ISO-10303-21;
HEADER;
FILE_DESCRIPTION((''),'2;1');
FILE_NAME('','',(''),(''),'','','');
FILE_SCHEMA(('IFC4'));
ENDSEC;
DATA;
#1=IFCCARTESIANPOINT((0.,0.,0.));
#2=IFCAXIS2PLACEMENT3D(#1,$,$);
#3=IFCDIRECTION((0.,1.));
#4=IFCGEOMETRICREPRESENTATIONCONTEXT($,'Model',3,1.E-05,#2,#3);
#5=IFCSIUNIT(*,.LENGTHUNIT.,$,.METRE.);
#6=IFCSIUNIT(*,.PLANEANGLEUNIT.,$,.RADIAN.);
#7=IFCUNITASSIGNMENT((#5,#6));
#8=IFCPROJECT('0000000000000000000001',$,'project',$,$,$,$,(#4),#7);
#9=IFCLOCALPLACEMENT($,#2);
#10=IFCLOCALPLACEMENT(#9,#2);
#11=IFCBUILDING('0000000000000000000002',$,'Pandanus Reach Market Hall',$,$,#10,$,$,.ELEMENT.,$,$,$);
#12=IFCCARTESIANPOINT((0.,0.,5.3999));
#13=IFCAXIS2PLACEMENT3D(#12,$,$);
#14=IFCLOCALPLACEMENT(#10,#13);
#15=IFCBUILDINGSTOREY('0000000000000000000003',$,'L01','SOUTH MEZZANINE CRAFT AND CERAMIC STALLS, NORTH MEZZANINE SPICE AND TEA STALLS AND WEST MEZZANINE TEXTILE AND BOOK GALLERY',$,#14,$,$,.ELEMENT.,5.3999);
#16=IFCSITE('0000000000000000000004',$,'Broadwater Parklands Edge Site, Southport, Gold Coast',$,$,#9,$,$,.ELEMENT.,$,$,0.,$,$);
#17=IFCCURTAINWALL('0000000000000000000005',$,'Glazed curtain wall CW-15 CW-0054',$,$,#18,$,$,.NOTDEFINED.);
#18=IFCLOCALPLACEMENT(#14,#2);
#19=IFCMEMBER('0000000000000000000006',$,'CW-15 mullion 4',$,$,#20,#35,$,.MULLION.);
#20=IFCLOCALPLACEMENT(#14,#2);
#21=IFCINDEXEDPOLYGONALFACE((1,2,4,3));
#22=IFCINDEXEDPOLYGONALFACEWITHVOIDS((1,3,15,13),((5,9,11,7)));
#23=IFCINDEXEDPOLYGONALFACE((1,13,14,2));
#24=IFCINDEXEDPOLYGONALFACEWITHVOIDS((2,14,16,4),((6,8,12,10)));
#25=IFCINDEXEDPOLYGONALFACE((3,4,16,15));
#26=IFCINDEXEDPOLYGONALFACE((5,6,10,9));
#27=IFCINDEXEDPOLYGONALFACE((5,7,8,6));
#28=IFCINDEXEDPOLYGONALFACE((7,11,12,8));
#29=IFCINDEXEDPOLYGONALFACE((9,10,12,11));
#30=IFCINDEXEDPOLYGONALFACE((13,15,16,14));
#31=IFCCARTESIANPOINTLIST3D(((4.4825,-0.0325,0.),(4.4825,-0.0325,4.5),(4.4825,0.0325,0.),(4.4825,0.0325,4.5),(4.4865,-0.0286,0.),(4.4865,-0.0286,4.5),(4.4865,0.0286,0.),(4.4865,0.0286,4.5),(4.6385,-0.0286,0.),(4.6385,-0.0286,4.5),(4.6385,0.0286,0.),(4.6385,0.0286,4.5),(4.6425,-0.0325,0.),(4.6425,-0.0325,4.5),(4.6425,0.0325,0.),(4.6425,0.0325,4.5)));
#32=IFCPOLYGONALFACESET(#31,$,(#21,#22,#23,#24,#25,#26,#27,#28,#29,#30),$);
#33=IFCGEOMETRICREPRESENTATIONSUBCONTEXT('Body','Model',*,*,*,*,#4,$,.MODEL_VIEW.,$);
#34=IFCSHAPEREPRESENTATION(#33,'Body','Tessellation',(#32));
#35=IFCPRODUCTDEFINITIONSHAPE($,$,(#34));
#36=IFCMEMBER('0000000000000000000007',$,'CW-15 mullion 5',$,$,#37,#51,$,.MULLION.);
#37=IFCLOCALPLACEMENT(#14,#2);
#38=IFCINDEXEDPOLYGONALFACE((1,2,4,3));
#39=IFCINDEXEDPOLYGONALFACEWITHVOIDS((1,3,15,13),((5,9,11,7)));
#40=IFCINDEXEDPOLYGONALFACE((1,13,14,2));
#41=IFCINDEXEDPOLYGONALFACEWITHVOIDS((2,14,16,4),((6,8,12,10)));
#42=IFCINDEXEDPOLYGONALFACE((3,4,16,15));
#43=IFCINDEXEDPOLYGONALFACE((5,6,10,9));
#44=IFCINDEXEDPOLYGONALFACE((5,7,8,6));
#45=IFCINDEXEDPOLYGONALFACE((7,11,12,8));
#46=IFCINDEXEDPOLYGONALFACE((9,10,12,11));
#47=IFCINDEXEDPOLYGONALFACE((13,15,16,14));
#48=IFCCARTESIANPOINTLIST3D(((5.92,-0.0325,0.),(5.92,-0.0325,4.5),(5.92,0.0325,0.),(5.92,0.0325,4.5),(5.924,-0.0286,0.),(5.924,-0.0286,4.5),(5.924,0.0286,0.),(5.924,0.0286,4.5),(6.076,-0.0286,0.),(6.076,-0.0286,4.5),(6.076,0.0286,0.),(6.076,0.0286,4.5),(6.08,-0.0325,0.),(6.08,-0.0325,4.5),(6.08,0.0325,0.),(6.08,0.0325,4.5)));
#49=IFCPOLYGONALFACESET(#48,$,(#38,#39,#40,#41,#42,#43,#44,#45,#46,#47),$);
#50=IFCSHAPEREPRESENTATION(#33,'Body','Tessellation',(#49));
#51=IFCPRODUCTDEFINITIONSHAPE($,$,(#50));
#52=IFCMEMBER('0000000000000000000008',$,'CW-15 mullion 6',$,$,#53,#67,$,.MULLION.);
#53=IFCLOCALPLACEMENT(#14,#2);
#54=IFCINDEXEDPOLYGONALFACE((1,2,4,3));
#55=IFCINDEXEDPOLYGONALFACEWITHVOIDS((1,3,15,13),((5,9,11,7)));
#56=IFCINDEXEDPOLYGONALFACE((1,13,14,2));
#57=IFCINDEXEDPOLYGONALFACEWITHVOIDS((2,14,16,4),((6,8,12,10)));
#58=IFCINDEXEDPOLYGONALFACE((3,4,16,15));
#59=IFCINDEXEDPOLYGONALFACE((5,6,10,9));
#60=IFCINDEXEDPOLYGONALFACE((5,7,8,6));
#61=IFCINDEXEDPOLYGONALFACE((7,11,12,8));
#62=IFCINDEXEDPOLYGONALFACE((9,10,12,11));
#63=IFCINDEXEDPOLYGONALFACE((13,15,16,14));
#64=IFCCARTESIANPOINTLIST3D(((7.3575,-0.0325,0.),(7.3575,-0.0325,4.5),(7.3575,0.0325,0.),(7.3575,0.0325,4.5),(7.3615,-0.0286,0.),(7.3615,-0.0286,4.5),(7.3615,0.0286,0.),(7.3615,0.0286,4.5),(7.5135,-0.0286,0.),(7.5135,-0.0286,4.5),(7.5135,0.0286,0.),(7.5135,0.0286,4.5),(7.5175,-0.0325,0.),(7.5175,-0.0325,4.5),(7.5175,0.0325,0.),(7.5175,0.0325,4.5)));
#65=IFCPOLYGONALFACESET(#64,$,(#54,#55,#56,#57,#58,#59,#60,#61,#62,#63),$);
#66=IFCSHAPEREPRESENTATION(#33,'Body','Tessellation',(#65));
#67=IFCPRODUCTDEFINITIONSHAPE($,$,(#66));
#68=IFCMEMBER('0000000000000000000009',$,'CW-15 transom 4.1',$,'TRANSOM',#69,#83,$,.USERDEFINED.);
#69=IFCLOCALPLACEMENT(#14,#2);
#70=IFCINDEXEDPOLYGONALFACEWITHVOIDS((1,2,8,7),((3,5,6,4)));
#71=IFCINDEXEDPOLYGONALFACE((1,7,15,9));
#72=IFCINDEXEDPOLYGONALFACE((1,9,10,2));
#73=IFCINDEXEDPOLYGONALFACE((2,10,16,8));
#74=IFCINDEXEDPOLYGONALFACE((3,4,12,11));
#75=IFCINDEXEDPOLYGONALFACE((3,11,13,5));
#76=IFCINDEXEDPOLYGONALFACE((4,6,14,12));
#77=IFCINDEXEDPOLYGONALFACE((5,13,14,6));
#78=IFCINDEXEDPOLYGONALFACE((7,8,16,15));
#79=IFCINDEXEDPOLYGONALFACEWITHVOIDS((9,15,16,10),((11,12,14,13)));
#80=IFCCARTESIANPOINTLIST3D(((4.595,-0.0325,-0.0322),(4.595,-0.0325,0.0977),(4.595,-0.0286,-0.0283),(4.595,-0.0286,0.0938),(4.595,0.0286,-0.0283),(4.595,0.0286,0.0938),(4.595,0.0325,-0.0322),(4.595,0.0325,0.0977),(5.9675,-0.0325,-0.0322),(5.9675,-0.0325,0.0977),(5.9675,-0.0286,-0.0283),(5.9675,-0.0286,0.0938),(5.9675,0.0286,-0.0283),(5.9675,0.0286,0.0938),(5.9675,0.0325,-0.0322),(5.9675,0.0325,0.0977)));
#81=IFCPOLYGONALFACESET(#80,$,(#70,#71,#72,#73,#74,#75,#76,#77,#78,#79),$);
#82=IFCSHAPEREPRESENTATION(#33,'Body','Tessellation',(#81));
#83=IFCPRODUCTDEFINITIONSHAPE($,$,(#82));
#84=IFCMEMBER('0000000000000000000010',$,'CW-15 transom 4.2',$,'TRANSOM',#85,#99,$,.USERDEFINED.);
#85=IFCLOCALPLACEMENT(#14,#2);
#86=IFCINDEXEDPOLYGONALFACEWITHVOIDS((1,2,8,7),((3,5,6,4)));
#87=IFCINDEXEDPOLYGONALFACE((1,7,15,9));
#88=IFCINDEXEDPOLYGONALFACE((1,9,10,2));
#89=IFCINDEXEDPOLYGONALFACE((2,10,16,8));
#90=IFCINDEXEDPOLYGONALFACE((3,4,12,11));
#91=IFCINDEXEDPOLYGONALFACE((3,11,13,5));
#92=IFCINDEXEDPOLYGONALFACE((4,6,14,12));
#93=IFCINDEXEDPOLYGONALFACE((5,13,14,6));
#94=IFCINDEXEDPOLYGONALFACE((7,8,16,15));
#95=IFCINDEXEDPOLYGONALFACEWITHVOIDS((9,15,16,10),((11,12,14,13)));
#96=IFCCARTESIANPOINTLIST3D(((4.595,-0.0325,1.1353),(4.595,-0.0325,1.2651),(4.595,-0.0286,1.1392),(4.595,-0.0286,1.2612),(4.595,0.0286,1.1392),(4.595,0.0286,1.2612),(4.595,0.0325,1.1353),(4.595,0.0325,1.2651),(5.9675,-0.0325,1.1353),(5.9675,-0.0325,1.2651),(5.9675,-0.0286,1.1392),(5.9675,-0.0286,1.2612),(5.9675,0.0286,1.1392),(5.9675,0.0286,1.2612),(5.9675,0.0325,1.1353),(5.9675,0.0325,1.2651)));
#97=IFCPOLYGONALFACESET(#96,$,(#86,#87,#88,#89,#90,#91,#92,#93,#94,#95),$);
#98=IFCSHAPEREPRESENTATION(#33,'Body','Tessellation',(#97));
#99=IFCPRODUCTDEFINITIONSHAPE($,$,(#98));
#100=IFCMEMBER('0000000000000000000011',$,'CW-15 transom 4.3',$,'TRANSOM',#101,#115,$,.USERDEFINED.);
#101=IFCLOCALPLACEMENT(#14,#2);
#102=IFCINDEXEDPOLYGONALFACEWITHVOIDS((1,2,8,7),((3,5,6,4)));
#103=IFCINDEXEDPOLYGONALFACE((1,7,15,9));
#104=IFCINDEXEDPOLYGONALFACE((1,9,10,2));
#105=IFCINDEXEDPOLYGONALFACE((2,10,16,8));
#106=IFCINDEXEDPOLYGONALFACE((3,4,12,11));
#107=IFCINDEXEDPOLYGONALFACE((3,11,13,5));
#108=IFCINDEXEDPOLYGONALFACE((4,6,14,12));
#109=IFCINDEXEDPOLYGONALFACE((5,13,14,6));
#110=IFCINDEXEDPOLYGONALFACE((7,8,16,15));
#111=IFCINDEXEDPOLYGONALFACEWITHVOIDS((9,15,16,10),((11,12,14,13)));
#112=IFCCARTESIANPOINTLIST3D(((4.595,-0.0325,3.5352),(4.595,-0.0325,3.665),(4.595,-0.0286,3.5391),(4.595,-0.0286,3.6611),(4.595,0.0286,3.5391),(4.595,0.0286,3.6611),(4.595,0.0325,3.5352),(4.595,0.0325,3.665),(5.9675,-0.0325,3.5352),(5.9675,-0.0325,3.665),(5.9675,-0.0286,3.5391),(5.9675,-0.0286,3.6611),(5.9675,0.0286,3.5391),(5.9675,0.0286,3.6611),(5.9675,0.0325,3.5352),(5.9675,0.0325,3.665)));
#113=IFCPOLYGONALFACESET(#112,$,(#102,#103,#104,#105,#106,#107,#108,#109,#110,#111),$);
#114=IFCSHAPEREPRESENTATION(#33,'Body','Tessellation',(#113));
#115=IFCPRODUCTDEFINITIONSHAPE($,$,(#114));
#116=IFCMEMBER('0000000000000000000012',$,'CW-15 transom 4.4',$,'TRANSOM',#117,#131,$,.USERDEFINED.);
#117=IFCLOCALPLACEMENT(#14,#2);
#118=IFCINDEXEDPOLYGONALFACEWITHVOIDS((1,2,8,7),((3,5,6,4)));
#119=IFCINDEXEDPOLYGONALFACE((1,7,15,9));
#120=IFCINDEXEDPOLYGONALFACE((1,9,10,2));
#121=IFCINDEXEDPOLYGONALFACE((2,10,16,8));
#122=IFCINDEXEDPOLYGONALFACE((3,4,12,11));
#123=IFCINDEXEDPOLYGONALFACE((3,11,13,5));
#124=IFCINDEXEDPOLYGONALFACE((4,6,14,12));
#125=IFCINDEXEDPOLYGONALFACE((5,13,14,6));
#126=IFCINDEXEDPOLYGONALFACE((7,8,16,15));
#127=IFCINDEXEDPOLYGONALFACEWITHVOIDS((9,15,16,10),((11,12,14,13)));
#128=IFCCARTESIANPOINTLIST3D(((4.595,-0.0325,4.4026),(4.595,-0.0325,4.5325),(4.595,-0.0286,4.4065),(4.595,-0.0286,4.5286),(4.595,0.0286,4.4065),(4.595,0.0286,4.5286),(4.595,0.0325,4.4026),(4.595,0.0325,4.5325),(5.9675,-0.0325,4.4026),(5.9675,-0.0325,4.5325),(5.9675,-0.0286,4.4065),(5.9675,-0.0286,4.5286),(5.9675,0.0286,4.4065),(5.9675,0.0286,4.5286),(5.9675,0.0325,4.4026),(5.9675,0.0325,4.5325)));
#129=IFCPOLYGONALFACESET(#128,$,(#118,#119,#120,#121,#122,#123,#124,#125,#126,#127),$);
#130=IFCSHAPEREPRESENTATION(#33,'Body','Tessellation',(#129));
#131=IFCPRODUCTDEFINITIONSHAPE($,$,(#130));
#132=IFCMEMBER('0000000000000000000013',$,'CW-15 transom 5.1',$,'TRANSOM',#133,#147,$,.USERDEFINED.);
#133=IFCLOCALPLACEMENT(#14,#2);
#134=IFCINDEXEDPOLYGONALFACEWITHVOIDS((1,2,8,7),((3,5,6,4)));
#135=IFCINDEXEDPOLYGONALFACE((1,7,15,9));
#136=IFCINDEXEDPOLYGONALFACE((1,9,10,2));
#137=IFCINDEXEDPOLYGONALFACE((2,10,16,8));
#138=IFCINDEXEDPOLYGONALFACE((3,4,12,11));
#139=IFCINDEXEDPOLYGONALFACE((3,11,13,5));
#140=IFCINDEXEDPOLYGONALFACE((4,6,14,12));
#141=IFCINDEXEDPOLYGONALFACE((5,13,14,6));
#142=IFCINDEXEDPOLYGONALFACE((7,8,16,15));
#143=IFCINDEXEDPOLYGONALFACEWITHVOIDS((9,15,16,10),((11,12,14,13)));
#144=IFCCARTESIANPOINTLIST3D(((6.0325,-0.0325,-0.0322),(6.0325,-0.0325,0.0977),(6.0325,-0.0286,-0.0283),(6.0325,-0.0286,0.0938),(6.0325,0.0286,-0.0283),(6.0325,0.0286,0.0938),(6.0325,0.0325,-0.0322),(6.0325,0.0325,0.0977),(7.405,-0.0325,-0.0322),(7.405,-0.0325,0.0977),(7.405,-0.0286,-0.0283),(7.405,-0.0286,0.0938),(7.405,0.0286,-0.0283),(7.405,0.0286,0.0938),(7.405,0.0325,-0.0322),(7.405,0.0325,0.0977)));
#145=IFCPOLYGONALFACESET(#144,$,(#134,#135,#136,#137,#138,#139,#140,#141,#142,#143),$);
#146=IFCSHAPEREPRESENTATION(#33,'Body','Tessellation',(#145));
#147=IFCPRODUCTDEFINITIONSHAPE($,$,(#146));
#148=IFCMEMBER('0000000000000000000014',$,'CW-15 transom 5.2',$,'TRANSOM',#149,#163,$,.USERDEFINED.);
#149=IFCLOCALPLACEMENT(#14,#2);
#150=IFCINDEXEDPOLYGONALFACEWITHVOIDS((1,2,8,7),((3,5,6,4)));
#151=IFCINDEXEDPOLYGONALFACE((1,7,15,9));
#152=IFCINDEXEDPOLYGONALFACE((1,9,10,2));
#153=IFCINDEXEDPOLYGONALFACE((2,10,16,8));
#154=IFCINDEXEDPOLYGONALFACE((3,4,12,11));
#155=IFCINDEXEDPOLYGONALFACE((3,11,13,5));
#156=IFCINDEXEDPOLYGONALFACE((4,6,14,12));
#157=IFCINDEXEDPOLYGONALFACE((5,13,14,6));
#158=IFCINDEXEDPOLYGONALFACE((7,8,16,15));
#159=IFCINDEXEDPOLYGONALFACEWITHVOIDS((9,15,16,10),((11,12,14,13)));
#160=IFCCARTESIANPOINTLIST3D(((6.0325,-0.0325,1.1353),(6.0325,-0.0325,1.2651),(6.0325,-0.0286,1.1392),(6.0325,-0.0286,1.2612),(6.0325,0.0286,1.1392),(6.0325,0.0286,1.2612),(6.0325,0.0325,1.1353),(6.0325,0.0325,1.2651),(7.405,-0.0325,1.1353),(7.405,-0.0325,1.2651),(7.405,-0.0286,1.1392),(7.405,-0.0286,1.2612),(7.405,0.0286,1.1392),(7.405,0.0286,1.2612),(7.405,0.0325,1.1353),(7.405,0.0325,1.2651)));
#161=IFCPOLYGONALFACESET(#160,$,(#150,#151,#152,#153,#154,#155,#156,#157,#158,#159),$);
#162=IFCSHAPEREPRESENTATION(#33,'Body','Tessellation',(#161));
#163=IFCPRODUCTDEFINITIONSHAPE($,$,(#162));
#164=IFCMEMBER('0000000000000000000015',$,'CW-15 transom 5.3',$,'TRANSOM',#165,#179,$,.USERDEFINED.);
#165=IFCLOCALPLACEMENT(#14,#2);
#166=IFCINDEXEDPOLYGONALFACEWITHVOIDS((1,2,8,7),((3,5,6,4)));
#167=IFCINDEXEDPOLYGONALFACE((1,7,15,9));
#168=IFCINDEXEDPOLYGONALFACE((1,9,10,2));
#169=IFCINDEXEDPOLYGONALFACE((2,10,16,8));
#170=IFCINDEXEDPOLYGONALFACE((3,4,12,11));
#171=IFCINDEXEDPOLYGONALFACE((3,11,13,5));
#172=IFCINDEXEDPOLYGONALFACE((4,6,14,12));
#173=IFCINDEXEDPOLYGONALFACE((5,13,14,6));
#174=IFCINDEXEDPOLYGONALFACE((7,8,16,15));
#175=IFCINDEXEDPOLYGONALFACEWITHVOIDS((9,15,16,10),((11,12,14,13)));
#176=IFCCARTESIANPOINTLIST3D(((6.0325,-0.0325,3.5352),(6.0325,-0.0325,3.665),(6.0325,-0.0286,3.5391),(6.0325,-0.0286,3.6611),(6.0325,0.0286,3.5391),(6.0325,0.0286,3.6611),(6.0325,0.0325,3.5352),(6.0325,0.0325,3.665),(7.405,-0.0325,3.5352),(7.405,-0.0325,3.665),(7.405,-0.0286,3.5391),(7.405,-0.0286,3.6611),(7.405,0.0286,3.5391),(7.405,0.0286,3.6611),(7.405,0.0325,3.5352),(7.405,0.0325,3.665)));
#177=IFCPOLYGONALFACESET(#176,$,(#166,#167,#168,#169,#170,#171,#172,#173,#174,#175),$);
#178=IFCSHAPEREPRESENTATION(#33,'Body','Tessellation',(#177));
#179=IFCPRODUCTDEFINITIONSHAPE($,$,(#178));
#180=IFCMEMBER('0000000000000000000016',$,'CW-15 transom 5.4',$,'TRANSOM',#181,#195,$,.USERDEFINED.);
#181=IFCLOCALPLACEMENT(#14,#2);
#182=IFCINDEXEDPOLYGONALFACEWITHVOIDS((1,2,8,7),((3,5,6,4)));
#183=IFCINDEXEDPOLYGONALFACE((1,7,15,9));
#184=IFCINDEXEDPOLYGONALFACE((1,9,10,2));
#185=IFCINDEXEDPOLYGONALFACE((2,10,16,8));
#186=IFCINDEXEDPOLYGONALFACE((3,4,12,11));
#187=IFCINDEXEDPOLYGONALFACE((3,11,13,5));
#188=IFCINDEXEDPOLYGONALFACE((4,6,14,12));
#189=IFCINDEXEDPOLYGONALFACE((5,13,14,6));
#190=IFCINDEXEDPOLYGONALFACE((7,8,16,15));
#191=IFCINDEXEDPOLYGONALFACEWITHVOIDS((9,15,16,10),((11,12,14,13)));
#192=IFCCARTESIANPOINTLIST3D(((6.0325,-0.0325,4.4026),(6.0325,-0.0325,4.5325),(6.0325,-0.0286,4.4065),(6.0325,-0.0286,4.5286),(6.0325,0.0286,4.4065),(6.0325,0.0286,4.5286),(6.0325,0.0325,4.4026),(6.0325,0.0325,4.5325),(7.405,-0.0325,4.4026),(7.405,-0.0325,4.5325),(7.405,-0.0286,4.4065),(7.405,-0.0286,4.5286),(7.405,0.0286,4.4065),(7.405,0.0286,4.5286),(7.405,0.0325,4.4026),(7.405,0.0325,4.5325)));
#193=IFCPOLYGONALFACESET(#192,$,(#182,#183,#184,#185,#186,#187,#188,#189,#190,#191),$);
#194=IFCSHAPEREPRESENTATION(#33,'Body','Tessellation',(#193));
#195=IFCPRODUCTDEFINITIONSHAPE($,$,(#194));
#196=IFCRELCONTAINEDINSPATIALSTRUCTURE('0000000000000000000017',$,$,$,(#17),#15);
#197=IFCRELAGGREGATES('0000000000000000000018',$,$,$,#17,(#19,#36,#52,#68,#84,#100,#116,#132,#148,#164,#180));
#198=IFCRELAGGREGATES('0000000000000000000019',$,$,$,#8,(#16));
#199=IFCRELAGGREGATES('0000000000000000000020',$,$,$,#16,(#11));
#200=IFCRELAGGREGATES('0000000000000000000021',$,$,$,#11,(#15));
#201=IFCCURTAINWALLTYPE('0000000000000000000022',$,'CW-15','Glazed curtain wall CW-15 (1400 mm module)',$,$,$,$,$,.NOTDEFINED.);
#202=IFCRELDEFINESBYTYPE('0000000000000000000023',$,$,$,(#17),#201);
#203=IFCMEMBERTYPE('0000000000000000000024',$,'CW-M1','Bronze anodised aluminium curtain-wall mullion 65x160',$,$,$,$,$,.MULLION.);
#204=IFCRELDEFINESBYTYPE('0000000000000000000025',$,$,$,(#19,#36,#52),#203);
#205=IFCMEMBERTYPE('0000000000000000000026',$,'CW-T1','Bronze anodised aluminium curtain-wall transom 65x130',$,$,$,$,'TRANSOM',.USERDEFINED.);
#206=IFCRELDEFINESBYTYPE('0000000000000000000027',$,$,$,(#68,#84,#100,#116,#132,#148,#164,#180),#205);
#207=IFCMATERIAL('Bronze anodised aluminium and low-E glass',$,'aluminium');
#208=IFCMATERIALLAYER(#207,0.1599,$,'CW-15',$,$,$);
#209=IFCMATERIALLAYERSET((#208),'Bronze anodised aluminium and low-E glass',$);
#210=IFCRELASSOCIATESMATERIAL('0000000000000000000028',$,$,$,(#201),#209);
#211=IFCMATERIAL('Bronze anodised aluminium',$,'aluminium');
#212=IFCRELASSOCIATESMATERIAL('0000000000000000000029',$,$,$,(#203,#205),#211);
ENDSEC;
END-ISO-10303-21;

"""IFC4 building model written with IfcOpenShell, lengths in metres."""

from ifc_helpers import new_model, si_unit, direction, frame, origin, origin_2d, place, context, subcontext, project, spatial, hollow_rectangle, extrude, material, layer, layer_set, material_profile, profile_set, type_object, element, aggregate, save


model = new_model("IFC4")

# Units and contexts
model_context = context("Model", 3, precision=1e-05, world=origin(), true_north=direction((0.0, 1.0)))
body_context = subcontext(model_context, "Body", "Model", "MODEL_VIEW")
ifc_project = project(units=[si_unit("LENGTHUNIT", "METRE"), si_unit("PLANEANGLEUNIT", "RADIAN")], contexts=[model_context])

# Site, building, storey
site_placement = place(None, origin())
site = spatial("IfcSite", under=ifc_project, at=site_placement, Name="Broadwater Parklands Edge Site, Southport, Gold Coast", CompositionType="ELEMENT", RefElevation=0.0)
building_placement = place(site_placement, origin())
building = spatial("IfcBuilding", under=site, at=building_placement, Name="Pandanus Reach Market Hall", CompositionType="ELEMENT")
storey_placement = place(building_placement, frame((0.0, 0.0, 5.3999)))
storey = spatial("IfcBuildingStorey", under=building, at=storey_placement, Name="L01", Description="SOUTH MEZZANINE CRAFT AND CERAMIC STALLS, NORTH MEZZANINE SPICE AND TEA STALLS AND WEST MEZZANINE TEXTILE AND BOOK GALLERY", CompositionType="ELEMENT", Elevation=5.3999)

# Curtain wall, members
ifc_material_1 = material(Name="Bronze anodised aluminium and low-E glass", Category="aluminium")
ifc_layer_1 = layer(ifc_material_1, 0.1599, Name="CW-15")
ifc_layer_set_1 = layer_set([ifc_layer_1], Name="Bronze anodised aluminium and low-E glass")
curtain_wall_type = type_object("IfcCurtainWallType", Name="CW-15", Description="Glazed curtain wall CW-15 (1400 mm module)", PredefinedType="NOTDEFINED", material=ifc_layer_set_1)
curtain_wall_placement = place(storey_placement, origin())
curtain_wall = element("IfcCurtainWall", 1, at=curtain_wall_placement, inside=storey, type_object=curtain_wall_type, Name="Glazed curtain wall CW-15 CW-0054", PredefinedType="NOTDEFINED")
ifc_material_2 = material(Name="Bronze anodised aluminium", Category="aluminium")
ifc_material_profile_1 = material_profile(ifc_material_2, hollow_rectangle(XDim=0.0649, YDim=0.1599, WallThickness=0.0039, at=origin_2d()), Name="ALU65x160", Category="LoadBearing")
ifc_profile_set_1 = profile_set([ifc_material_profile_1], Name="Bronze anodised aluminium")
member_type_1 = type_object("IfcMemberType", Name="CW-M1", Description="Bronze anodised aluminium curtain-wall mullion 65x160", PredefinedType="MULLION", material=ifc_profile_set_1)
member_1_placement = place(storey_placement, frame((4.5625, 0.0, 0.0), z_axis=(0.0, 0.0, 1.0), x_axis=(0.0, 1.0, 0.0)))
member_1 = element("IfcMember", 2, at=member_1_placement, type_object=member_type_1, Name="CW-15 mullion 4", PredefinedType="MULLION", context=body_context, shape_type="SweptSolid", body=[
    extrude(hollow_rectangle(XDim=0.0649, YDim=0.1599, WallThickness=0.0039, at=origin_2d()), origin(), (0.0, 0.0, 1.0), 4.5),
])
member_2_placement = place(storey_placement, frame((6.0, 0.0, 0.0), z_axis=(0.0, 0.0, 1.0), x_axis=(0.0, 1.0, 0.0)))
member_2 = element("IfcMember", 3, at=member_2_placement, type_object=member_type_1, Name="CW-15 mullion 5", PredefinedType="MULLION", context=body_context, shape_type="SweptSolid", body=[
    extrude(hollow_rectangle(XDim=0.0649, YDim=0.1599, WallThickness=0.0039, at=origin_2d()), origin(), (0.0, 0.0, 1.0), 4.5),
])
member_3_placement = place(storey_placement, frame((7.4375, 0.0, 0.0), z_axis=(0.0, 0.0, 1.0), x_axis=(0.0, 1.0, 0.0)))
member_3 = element("IfcMember", 4, at=member_3_placement, type_object=member_type_1, Name="CW-15 mullion 6", PredefinedType="MULLION", context=body_context, shape_type="SweptSolid", body=[
    extrude(hollow_rectangle(XDim=0.0649, YDim=0.1599, WallThickness=0.0039, at=origin_2d()), origin(), (0.0, 0.0, 1.0), 4.5),
])
ifc_material_profile_2 = material_profile(ifc_material_2, hollow_rectangle(XDim=0.0649, YDim=0.1299, WallThickness=0.0039, at=origin_2d()), Name="ALU65x130", Category="LoadBearing")
ifc_profile_set_2 = profile_set([ifc_material_profile_2], Name="Bronze anodised aluminium")
member_type_2 = type_object("IfcMemberType", Name="CW-T1", Description="Bronze anodised aluminium curtain-wall transom 65x130", ElementType="TRANSOM", PredefinedType="USERDEFINED", material=ifc_profile_set_2)
member_4_placement = place(storey_placement, frame((4.595, 0.0, 0.0327), z_axis=(1.0, 0.0, 0.0), x_axis=(0.0, 1.0, 0.0)))
member_4 = element("IfcMember", 5, at=member_4_placement, type_object=member_type_2, Name="CW-15 transom 4.1", ObjectType="TRANSOM", PredefinedType="USERDEFINED", context=body_context, shape_type="SweptSolid", body=[
    extrude(hollow_rectangle(XDim=0.0649, YDim=0.1299, WallThickness=0.0039, at=origin_2d()), origin(), (0.0, 0.0, 1.0), 1.3726),
])
member_5_placement = place(storey_placement, frame((4.595, 0.0, 1.2002), z_axis=(1.0, 0.0, 0.0), x_axis=(0.0, 1.0, 0.0)))
member_5 = element("IfcMember", 6, at=member_5_placement, type_object=member_type_2, Name="CW-15 transom 4.2", ObjectType="TRANSOM", PredefinedType="USERDEFINED", context=body_context, shape_type="SweptSolid", body=[
    extrude(hollow_rectangle(XDim=0.0649, YDim=0.1299, WallThickness=0.0039, at=origin_2d()), origin(), (0.0, 0.0, 1.0), 1.3726),
])
member_6_placement = place(storey_placement, frame((4.595, 0.0, 3.6001), z_axis=(1.0, 0.0, 0.0), x_axis=(0.0, 1.0, 0.0)))
member_6 = element("IfcMember", 7, at=member_6_placement, type_object=member_type_2, Name="CW-15 transom 4.3", ObjectType="TRANSOM", PredefinedType="USERDEFINED", context=body_context, shape_type="SweptSolid", body=[
    extrude(hollow_rectangle(XDim=0.0649, YDim=0.1299, WallThickness=0.0039, at=origin_2d()), origin(), (0.0, 0.0, 1.0), 1.3726),
])
member_7_placement = place(storey_placement, frame((4.595, 0.0, 4.4675), z_axis=(1.0, 0.0, 0.0), x_axis=(0.0, 1.0, 0.0)))
member_7 = element("IfcMember", 8, at=member_7_placement, type_object=member_type_2, Name="CW-15 transom 4.4", ObjectType="TRANSOM", PredefinedType="USERDEFINED", context=body_context, shape_type="SweptSolid", body=[
    extrude(hollow_rectangle(XDim=0.0649, YDim=0.1299, WallThickness=0.0039, at=origin_2d()), origin(), (0.0, 0.0, 1.0), 1.3726),
])
member_8_placement = place(storey_placement, frame((6.0325, 0.0, 0.0327), z_axis=(1.0, 0.0, 0.0), x_axis=(0.0, 1.0, 0.0)))
member_8 = element("IfcMember", 9, at=member_8_placement, type_object=member_type_2, Name="CW-15 transom 5.1", ObjectType="TRANSOM", PredefinedType="USERDEFINED", context=body_context, shape_type="SweptSolid", body=[
    extrude(hollow_rectangle(XDim=0.0649, YDim=0.1299, WallThickness=0.0039, at=origin_2d()), origin(), (0.0, 0.0, 1.0), 1.3726),
])
member_9_placement = place(storey_placement, frame((6.0325, 0.0, 1.2002), z_axis=(1.0, 0.0, 0.0), x_axis=(0.0, 1.0, 0.0)))
member_9 = element("IfcMember", 10, at=member_9_placement, type_object=member_type_2, Name="CW-15 transom 5.2", ObjectType="TRANSOM", PredefinedType="USERDEFINED", context=body_context, shape_type="SweptSolid", body=[
    extrude(hollow_rectangle(XDim=0.0649, YDim=0.1299, WallThickness=0.0039, at=origin_2d()), origin(), (0.0, 0.0, 1.0), 1.3726),
])
member_10_placement = place(storey_placement, frame((6.0325, 0.0, 3.6001), z_axis=(1.0, 0.0, 0.0), x_axis=(0.0, 1.0, 0.0)))
member_10 = element("IfcMember", 11, at=member_10_placement, type_object=member_type_2, Name="CW-15 transom 5.3", ObjectType="TRANSOM", PredefinedType="USERDEFINED", context=body_context, shape_type="SweptSolid", body=[
    extrude(hollow_rectangle(XDim=0.0649, YDim=0.1299, WallThickness=0.0039, at=origin_2d()), origin(), (0.0, 0.0, 1.0), 1.3726),
])
member_11_placement = place(storey_placement, frame((6.0325, 0.0, 4.4675), z_axis=(1.0, 0.0, 0.0), x_axis=(0.0, 1.0, 0.0)))
member_11 = element("IfcMember", 12, at=member_11_placement, type_object=member_type_2, Name="CW-15 transom 5.4", ObjectType="TRANSOM", PredefinedType="USERDEFINED", context=body_context, shape_type="SweptSolid", body=[
    extrude(hollow_rectangle(XDim=0.0649, YDim=0.1299, WallThickness=0.0039, at=origin_2d()), origin(), (0.0, 0.0, 1.0), 1.3726),
])
aggregate(curtain_wall, [member_1, member_2, member_3, member_4, member_5, member_6, member_7, member_8, member_9, member_10, member_11])

save(model, "model.ifc")
